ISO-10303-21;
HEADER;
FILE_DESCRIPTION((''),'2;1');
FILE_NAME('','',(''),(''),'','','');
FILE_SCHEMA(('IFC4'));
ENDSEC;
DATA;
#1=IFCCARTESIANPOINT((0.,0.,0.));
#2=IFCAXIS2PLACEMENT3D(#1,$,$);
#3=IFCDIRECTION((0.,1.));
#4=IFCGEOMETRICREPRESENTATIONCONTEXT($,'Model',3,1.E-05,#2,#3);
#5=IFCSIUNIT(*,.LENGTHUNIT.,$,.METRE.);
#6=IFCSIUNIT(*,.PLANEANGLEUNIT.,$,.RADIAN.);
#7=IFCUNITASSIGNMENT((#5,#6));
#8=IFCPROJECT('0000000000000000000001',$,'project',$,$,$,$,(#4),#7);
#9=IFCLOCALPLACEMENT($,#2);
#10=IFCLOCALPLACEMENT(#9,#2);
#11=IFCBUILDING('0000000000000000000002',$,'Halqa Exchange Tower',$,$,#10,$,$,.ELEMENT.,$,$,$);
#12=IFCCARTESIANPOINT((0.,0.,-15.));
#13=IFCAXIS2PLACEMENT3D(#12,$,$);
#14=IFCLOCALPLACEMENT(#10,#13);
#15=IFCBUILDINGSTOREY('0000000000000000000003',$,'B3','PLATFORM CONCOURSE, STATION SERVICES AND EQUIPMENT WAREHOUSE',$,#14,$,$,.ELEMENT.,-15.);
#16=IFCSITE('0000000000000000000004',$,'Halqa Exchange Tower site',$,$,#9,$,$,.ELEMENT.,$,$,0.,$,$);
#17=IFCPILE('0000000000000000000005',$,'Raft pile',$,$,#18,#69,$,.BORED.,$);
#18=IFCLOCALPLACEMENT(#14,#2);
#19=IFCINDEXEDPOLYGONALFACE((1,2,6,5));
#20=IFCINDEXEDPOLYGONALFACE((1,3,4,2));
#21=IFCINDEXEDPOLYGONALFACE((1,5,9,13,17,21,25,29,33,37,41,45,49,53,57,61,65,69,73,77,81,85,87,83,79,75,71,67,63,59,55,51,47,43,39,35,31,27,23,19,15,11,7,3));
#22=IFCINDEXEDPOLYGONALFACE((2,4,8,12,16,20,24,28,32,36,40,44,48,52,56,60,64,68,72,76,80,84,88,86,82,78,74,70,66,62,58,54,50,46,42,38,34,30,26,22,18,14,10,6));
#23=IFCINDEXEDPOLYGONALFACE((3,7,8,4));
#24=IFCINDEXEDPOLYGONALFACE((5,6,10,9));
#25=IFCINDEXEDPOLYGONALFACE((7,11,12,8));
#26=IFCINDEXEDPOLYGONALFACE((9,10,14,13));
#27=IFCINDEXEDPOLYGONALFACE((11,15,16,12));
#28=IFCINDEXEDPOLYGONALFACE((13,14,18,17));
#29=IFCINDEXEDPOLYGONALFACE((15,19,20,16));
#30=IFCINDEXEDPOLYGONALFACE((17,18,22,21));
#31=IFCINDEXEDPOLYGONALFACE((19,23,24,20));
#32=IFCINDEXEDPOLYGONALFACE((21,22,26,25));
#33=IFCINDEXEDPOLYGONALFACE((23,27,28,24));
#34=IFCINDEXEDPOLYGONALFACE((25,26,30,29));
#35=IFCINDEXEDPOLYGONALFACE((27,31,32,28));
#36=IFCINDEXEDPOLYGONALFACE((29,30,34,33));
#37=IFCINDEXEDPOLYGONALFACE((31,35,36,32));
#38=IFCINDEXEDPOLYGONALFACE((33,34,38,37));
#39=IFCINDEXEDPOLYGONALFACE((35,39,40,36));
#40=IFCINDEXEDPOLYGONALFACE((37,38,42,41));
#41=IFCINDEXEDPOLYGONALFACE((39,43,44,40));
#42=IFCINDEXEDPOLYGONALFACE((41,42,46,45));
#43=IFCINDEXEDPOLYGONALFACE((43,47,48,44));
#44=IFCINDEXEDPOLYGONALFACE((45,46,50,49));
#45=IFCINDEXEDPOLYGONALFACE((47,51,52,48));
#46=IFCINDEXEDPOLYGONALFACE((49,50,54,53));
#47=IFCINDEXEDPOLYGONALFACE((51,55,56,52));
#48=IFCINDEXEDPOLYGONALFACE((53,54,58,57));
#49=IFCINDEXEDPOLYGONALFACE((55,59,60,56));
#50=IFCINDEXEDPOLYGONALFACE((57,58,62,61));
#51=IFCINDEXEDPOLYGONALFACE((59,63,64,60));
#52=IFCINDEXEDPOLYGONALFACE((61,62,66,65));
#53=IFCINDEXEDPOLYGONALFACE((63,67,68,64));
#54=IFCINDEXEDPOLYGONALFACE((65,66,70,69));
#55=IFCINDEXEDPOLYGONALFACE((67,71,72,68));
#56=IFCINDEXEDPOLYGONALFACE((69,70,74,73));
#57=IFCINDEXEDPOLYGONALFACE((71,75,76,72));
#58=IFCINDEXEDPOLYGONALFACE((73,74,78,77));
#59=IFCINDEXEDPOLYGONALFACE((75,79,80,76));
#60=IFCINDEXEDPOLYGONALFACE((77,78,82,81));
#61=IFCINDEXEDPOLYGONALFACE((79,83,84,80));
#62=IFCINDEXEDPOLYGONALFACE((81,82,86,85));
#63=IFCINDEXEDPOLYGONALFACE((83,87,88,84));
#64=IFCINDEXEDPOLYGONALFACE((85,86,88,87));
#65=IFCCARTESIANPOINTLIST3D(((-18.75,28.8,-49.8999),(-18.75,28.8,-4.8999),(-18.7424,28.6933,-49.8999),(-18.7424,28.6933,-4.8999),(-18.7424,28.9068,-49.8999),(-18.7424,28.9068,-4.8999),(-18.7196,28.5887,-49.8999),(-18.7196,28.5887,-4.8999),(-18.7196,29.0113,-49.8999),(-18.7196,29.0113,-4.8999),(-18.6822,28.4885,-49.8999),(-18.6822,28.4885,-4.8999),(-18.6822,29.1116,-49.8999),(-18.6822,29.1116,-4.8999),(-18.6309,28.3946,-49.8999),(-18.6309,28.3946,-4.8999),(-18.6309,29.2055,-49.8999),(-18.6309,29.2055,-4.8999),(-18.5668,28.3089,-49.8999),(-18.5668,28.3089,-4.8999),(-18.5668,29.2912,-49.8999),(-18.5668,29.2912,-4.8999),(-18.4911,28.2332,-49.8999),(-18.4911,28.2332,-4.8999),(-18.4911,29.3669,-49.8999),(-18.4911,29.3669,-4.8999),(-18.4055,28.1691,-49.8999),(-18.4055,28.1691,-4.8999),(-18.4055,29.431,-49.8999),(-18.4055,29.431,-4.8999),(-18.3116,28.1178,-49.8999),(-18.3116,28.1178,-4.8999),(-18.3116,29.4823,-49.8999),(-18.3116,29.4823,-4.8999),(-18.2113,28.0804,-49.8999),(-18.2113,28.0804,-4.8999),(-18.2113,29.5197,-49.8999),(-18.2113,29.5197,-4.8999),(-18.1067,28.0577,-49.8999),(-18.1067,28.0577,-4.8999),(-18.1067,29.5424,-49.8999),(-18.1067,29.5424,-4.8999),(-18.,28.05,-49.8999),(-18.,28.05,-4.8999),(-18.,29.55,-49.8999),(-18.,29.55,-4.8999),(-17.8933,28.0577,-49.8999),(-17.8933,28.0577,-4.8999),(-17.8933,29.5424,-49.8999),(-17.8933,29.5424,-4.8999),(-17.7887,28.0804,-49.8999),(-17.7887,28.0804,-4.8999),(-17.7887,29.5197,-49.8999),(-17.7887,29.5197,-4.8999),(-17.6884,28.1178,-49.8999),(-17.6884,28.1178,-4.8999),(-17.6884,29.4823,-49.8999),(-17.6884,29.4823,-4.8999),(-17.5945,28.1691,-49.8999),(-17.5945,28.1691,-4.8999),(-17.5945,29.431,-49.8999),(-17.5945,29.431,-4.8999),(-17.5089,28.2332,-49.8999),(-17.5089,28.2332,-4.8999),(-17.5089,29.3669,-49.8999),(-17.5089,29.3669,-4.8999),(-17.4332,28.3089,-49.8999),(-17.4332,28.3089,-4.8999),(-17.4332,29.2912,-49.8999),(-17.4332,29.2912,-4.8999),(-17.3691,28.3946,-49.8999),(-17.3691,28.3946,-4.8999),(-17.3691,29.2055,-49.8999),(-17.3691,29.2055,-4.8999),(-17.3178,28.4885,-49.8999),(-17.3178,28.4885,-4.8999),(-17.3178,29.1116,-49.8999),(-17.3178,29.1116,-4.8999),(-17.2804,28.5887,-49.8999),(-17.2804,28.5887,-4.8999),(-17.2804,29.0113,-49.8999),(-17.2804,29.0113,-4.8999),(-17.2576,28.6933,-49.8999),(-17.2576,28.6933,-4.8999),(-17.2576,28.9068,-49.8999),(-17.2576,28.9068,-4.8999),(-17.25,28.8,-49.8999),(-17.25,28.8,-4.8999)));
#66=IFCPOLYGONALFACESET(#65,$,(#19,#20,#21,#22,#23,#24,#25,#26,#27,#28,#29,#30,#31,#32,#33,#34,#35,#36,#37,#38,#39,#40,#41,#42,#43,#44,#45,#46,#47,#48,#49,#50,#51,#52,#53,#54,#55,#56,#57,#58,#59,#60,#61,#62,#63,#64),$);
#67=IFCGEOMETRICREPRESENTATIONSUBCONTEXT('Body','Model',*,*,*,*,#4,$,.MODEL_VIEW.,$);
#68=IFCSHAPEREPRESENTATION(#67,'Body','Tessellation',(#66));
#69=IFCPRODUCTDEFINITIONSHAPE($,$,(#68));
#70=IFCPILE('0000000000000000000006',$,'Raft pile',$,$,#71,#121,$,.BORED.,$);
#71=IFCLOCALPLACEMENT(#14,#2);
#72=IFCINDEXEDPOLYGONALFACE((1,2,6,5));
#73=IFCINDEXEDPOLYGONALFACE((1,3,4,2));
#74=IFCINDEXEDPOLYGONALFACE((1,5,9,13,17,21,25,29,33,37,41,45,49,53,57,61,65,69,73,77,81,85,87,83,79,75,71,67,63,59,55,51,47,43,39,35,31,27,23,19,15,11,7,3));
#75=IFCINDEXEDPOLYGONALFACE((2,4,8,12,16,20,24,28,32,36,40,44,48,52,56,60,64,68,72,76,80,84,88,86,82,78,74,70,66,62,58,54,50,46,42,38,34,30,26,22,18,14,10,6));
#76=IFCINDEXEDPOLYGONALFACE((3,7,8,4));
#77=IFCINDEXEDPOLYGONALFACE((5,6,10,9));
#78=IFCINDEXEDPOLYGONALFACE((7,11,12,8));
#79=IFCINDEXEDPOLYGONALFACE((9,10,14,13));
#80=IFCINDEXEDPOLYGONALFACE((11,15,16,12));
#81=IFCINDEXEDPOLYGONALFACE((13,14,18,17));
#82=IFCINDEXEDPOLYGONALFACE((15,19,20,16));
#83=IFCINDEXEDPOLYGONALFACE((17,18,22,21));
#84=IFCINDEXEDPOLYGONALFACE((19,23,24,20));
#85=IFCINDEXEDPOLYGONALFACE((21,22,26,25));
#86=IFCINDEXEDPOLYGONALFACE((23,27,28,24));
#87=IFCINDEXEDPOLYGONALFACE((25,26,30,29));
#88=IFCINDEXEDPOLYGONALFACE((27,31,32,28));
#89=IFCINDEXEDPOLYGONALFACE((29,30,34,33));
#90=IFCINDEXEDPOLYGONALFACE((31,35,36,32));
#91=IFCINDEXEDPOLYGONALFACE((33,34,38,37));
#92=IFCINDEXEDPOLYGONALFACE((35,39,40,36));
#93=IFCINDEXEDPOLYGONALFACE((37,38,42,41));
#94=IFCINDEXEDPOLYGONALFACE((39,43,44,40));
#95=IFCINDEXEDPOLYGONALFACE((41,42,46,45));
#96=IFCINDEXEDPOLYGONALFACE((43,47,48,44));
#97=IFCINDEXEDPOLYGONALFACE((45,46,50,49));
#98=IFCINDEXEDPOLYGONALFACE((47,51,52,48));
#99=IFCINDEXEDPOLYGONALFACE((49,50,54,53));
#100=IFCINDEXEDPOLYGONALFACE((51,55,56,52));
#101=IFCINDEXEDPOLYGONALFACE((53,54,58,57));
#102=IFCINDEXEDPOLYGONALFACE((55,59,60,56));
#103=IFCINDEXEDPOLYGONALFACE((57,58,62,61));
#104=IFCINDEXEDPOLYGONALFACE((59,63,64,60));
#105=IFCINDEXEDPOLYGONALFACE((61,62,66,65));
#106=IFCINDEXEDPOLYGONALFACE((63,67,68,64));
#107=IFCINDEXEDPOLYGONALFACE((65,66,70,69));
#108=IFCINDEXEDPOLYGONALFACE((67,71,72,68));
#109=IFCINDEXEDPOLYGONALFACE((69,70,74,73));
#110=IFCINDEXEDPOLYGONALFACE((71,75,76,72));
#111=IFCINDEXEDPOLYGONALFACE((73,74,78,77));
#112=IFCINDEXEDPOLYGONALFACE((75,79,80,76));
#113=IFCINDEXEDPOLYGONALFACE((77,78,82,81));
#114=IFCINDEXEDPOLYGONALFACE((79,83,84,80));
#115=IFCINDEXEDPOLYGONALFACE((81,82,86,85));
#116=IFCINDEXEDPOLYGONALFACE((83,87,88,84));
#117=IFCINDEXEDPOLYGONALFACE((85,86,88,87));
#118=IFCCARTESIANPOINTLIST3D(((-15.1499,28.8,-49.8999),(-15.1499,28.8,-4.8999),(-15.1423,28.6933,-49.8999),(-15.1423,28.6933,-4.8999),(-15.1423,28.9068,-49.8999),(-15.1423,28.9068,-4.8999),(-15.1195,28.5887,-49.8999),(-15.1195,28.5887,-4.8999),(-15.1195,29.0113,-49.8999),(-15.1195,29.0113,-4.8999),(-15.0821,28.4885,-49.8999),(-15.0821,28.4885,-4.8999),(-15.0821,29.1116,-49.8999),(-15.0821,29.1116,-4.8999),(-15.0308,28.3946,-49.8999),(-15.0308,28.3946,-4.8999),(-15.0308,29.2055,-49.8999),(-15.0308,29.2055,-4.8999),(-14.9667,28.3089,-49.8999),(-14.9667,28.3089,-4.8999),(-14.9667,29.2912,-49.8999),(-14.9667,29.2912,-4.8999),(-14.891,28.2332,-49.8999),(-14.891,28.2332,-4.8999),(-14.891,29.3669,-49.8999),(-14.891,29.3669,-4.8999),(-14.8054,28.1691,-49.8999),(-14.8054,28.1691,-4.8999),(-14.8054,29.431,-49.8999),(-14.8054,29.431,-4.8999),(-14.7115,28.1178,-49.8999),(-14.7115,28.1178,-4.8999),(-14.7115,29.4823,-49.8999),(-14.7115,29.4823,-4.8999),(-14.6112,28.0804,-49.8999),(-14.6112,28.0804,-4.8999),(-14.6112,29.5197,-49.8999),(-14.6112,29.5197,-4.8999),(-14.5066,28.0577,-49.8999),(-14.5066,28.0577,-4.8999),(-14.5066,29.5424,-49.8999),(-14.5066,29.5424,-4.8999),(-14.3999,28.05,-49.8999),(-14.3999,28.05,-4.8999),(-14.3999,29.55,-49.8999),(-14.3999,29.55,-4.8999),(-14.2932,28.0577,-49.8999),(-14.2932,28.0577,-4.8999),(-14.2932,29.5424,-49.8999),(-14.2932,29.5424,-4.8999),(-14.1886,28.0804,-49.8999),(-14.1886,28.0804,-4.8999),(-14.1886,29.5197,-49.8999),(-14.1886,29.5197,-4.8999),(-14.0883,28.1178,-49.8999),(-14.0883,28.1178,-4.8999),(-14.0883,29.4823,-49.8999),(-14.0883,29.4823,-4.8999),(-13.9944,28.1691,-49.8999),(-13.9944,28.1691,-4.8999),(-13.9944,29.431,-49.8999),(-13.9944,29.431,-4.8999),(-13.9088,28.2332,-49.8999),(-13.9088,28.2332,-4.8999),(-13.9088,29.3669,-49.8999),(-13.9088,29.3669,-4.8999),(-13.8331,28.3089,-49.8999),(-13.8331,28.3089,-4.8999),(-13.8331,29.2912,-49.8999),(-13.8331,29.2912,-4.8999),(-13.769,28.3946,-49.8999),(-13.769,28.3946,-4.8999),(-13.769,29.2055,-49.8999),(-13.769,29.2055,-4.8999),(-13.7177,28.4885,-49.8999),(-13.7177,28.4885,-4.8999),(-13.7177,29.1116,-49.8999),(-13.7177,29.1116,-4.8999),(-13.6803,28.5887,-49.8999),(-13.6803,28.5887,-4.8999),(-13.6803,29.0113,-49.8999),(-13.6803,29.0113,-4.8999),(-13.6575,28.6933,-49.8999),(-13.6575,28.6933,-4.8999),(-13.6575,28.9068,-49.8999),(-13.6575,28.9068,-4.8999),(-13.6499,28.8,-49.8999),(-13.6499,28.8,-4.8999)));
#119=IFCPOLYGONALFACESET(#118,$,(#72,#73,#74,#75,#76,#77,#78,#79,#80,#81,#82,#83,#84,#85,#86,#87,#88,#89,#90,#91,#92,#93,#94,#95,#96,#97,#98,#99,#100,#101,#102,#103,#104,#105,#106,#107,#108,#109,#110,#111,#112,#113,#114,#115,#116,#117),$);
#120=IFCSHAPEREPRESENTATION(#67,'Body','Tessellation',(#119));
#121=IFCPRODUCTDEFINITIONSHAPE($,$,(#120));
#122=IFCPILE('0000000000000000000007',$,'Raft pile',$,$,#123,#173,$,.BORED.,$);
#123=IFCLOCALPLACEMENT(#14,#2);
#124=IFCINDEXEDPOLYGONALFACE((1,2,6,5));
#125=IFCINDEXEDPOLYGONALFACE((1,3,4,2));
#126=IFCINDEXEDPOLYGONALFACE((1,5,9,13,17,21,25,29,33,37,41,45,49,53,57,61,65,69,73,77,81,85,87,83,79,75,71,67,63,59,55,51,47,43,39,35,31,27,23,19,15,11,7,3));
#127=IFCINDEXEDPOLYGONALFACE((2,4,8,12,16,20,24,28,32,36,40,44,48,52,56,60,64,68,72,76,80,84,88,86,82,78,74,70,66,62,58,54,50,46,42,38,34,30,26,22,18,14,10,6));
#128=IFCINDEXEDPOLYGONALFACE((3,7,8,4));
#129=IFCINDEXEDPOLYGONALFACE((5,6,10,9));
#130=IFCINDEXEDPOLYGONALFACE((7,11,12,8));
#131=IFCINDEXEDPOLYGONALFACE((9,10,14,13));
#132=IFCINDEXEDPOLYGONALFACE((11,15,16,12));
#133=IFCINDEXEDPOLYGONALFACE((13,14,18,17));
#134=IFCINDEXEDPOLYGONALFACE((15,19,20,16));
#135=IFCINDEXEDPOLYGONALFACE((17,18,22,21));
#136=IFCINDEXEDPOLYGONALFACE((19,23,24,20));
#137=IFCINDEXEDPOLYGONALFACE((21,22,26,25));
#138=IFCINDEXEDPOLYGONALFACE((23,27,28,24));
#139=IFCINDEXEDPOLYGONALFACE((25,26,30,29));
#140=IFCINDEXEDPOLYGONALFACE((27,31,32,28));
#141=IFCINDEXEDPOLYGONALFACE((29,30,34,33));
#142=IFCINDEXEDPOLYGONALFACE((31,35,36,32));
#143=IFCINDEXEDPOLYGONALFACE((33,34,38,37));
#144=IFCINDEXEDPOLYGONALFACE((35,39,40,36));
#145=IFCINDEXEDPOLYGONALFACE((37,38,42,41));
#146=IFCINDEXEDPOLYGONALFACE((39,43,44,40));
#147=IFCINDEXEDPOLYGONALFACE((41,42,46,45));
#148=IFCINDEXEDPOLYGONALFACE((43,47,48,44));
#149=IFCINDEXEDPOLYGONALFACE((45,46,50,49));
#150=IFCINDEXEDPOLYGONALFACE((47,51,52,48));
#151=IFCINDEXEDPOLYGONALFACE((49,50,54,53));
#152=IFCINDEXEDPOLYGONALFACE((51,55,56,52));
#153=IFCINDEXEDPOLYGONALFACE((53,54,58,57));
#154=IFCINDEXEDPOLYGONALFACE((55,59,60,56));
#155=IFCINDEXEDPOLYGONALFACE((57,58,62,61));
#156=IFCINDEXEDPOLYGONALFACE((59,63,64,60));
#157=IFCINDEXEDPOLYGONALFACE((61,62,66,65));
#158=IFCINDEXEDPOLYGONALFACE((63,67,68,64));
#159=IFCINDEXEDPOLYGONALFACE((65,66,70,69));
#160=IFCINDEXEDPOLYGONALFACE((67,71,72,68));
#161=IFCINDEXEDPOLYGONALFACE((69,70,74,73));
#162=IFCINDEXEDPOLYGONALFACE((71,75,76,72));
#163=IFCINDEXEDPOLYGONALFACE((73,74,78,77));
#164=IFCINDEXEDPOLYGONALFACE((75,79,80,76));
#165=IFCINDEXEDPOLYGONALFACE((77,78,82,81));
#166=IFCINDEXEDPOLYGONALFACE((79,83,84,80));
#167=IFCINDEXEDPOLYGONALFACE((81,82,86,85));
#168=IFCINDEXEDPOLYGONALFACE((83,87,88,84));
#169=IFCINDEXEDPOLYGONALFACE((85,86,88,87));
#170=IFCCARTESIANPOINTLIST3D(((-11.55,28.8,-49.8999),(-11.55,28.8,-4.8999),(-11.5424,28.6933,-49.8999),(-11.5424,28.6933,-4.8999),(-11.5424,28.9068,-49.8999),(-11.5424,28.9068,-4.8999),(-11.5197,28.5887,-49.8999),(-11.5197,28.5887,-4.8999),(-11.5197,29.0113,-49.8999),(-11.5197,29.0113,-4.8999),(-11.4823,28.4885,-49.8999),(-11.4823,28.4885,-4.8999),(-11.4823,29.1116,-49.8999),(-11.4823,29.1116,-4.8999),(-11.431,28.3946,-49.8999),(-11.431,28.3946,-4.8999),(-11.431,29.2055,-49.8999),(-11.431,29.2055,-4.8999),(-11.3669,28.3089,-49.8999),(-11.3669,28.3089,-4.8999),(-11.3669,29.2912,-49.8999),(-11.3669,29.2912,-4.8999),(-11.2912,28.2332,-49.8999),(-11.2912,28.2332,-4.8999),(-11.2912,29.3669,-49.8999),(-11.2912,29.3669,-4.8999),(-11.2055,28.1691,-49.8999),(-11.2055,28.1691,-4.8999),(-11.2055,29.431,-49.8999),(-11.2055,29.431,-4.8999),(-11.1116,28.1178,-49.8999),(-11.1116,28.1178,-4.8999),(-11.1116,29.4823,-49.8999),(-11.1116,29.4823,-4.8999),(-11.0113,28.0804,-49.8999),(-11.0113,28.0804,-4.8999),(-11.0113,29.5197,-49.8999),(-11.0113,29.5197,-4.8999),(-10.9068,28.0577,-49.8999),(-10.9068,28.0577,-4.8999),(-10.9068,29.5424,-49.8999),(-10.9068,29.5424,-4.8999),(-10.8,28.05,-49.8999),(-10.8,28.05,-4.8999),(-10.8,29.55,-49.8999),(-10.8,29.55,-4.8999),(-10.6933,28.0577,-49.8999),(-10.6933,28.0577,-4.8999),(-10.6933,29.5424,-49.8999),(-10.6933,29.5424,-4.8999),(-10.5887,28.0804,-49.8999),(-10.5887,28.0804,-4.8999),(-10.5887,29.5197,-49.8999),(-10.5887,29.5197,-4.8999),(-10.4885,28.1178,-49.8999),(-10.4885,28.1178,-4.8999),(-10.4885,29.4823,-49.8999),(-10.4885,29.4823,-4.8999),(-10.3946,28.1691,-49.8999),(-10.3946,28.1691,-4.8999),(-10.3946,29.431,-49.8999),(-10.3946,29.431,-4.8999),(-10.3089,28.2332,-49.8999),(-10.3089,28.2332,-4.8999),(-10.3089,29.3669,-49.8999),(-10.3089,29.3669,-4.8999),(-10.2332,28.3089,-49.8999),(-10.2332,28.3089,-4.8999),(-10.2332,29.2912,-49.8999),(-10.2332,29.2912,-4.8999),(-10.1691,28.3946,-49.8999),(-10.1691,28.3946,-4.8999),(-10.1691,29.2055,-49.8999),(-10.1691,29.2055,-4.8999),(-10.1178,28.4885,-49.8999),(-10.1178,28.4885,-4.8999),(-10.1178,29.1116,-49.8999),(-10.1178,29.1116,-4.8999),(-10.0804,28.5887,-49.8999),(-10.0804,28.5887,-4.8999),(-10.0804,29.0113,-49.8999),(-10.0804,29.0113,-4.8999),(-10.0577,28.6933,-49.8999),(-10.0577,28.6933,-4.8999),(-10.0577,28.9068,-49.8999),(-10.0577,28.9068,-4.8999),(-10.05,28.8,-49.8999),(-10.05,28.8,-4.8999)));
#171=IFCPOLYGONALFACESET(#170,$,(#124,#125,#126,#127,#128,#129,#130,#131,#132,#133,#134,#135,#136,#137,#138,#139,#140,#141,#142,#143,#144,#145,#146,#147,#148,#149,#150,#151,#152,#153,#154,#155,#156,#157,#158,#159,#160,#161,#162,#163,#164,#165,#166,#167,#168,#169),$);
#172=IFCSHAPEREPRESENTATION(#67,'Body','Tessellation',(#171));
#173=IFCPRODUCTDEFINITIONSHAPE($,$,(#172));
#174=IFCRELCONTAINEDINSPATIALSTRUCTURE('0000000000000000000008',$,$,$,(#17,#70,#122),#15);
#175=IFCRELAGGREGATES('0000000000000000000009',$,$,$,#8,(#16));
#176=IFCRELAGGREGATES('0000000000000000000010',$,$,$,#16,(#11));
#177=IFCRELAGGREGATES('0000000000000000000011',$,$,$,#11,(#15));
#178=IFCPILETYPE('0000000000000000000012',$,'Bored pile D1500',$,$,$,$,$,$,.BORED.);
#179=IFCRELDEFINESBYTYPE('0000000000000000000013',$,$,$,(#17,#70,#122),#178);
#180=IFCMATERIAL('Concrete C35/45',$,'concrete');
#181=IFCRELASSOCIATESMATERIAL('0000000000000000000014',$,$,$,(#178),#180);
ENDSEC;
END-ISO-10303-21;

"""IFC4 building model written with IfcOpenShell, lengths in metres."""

from ifc_helpers import new_model, si_unit, direction, frame, origin, origin_2d, place, context, subcontext, project, spatial, circle, extrude, material, material_profile, profile_set, type_object, element, save


model = new_model("IFC4")

# Units and contexts
model_context = context("Model", 3, precision=1e-05, world=origin(), true_north=direction((0.0, 1.0)))
body_context = subcontext(model_context, "Body", "Model", "MODEL_VIEW")
ifc_project = project(units=[si_unit("LENGTHUNIT", "METRE"), si_unit("PLANEANGLEUNIT", "RADIAN")], contexts=[model_context])

# Site, building, storey
site_placement = place(None, origin())
site = spatial("IfcSite", under=ifc_project, at=site_placement, Name="Halqa Exchange Tower site", CompositionType="ELEMENT", RefElevation=0.0)
building_placement = place(site_placement, origin())
building = spatial("IfcBuilding", under=site, at=building_placement, Name="Halqa Exchange Tower", CompositionType="ELEMENT")
storey_placement = place(building_placement, frame((0.0, 0.0, -15.0)))
storey = spatial("IfcBuildingStorey", under=building, at=storey_placement, Name="B3", Description="PLATFORM CONCOURSE, STATION SERVICES AND EQUIPMENT WAREHOUSE", CompositionType="ELEMENT", Elevation=-15.0)

# Piles
ifc_material_1 = material(Name="Concrete C35/45", Category="concrete")
ifc_material_profile_1 = material_profile(ifc_material_1, circle(Radius=0.75, at=origin_2d()), Name="D1500")
ifc_profile_set_1 = profile_set([ifc_material_profile_1], Name="Concrete C35/45")
pile_type_1 = type_object("IfcPileType", Name="Bored pile D1500", PredefinedType="BORED", material=ifc_profile_set_1)
for number, where, z_axis, x_axis, name in (
    (1, (-18.0, 28.8, -4.8999), (0.0, 0.0, -1.0), (1.0, 0.0, 0.0), "Raft pile"),
    (2, (-14.3999, 28.8, -4.8999), (0.0, 0.0, -1.0), (1.0, 0.0, 0.0), "Raft pile"),
    (3, (-10.8, 28.8, -4.8999), (0.0, 0.0, -1.0), (1.0, 0.0, 0.0), "Raft pile"),
):
    element("IfcPile", number, at=place(storey_placement, frame(where, z_axis=z_axis, x_axis=x_axis)), inside=storey, type_object=pile_type_1, Name=name, PredefinedType="BORED", context=body_context, shape_type="SweptSolid", body=[
        extrude(circle(Radius=0.75, at=origin_2d()), origin(), (0.0, 0.0, 1.0), 45.0),
    ])

save(model, "model.ifc")
